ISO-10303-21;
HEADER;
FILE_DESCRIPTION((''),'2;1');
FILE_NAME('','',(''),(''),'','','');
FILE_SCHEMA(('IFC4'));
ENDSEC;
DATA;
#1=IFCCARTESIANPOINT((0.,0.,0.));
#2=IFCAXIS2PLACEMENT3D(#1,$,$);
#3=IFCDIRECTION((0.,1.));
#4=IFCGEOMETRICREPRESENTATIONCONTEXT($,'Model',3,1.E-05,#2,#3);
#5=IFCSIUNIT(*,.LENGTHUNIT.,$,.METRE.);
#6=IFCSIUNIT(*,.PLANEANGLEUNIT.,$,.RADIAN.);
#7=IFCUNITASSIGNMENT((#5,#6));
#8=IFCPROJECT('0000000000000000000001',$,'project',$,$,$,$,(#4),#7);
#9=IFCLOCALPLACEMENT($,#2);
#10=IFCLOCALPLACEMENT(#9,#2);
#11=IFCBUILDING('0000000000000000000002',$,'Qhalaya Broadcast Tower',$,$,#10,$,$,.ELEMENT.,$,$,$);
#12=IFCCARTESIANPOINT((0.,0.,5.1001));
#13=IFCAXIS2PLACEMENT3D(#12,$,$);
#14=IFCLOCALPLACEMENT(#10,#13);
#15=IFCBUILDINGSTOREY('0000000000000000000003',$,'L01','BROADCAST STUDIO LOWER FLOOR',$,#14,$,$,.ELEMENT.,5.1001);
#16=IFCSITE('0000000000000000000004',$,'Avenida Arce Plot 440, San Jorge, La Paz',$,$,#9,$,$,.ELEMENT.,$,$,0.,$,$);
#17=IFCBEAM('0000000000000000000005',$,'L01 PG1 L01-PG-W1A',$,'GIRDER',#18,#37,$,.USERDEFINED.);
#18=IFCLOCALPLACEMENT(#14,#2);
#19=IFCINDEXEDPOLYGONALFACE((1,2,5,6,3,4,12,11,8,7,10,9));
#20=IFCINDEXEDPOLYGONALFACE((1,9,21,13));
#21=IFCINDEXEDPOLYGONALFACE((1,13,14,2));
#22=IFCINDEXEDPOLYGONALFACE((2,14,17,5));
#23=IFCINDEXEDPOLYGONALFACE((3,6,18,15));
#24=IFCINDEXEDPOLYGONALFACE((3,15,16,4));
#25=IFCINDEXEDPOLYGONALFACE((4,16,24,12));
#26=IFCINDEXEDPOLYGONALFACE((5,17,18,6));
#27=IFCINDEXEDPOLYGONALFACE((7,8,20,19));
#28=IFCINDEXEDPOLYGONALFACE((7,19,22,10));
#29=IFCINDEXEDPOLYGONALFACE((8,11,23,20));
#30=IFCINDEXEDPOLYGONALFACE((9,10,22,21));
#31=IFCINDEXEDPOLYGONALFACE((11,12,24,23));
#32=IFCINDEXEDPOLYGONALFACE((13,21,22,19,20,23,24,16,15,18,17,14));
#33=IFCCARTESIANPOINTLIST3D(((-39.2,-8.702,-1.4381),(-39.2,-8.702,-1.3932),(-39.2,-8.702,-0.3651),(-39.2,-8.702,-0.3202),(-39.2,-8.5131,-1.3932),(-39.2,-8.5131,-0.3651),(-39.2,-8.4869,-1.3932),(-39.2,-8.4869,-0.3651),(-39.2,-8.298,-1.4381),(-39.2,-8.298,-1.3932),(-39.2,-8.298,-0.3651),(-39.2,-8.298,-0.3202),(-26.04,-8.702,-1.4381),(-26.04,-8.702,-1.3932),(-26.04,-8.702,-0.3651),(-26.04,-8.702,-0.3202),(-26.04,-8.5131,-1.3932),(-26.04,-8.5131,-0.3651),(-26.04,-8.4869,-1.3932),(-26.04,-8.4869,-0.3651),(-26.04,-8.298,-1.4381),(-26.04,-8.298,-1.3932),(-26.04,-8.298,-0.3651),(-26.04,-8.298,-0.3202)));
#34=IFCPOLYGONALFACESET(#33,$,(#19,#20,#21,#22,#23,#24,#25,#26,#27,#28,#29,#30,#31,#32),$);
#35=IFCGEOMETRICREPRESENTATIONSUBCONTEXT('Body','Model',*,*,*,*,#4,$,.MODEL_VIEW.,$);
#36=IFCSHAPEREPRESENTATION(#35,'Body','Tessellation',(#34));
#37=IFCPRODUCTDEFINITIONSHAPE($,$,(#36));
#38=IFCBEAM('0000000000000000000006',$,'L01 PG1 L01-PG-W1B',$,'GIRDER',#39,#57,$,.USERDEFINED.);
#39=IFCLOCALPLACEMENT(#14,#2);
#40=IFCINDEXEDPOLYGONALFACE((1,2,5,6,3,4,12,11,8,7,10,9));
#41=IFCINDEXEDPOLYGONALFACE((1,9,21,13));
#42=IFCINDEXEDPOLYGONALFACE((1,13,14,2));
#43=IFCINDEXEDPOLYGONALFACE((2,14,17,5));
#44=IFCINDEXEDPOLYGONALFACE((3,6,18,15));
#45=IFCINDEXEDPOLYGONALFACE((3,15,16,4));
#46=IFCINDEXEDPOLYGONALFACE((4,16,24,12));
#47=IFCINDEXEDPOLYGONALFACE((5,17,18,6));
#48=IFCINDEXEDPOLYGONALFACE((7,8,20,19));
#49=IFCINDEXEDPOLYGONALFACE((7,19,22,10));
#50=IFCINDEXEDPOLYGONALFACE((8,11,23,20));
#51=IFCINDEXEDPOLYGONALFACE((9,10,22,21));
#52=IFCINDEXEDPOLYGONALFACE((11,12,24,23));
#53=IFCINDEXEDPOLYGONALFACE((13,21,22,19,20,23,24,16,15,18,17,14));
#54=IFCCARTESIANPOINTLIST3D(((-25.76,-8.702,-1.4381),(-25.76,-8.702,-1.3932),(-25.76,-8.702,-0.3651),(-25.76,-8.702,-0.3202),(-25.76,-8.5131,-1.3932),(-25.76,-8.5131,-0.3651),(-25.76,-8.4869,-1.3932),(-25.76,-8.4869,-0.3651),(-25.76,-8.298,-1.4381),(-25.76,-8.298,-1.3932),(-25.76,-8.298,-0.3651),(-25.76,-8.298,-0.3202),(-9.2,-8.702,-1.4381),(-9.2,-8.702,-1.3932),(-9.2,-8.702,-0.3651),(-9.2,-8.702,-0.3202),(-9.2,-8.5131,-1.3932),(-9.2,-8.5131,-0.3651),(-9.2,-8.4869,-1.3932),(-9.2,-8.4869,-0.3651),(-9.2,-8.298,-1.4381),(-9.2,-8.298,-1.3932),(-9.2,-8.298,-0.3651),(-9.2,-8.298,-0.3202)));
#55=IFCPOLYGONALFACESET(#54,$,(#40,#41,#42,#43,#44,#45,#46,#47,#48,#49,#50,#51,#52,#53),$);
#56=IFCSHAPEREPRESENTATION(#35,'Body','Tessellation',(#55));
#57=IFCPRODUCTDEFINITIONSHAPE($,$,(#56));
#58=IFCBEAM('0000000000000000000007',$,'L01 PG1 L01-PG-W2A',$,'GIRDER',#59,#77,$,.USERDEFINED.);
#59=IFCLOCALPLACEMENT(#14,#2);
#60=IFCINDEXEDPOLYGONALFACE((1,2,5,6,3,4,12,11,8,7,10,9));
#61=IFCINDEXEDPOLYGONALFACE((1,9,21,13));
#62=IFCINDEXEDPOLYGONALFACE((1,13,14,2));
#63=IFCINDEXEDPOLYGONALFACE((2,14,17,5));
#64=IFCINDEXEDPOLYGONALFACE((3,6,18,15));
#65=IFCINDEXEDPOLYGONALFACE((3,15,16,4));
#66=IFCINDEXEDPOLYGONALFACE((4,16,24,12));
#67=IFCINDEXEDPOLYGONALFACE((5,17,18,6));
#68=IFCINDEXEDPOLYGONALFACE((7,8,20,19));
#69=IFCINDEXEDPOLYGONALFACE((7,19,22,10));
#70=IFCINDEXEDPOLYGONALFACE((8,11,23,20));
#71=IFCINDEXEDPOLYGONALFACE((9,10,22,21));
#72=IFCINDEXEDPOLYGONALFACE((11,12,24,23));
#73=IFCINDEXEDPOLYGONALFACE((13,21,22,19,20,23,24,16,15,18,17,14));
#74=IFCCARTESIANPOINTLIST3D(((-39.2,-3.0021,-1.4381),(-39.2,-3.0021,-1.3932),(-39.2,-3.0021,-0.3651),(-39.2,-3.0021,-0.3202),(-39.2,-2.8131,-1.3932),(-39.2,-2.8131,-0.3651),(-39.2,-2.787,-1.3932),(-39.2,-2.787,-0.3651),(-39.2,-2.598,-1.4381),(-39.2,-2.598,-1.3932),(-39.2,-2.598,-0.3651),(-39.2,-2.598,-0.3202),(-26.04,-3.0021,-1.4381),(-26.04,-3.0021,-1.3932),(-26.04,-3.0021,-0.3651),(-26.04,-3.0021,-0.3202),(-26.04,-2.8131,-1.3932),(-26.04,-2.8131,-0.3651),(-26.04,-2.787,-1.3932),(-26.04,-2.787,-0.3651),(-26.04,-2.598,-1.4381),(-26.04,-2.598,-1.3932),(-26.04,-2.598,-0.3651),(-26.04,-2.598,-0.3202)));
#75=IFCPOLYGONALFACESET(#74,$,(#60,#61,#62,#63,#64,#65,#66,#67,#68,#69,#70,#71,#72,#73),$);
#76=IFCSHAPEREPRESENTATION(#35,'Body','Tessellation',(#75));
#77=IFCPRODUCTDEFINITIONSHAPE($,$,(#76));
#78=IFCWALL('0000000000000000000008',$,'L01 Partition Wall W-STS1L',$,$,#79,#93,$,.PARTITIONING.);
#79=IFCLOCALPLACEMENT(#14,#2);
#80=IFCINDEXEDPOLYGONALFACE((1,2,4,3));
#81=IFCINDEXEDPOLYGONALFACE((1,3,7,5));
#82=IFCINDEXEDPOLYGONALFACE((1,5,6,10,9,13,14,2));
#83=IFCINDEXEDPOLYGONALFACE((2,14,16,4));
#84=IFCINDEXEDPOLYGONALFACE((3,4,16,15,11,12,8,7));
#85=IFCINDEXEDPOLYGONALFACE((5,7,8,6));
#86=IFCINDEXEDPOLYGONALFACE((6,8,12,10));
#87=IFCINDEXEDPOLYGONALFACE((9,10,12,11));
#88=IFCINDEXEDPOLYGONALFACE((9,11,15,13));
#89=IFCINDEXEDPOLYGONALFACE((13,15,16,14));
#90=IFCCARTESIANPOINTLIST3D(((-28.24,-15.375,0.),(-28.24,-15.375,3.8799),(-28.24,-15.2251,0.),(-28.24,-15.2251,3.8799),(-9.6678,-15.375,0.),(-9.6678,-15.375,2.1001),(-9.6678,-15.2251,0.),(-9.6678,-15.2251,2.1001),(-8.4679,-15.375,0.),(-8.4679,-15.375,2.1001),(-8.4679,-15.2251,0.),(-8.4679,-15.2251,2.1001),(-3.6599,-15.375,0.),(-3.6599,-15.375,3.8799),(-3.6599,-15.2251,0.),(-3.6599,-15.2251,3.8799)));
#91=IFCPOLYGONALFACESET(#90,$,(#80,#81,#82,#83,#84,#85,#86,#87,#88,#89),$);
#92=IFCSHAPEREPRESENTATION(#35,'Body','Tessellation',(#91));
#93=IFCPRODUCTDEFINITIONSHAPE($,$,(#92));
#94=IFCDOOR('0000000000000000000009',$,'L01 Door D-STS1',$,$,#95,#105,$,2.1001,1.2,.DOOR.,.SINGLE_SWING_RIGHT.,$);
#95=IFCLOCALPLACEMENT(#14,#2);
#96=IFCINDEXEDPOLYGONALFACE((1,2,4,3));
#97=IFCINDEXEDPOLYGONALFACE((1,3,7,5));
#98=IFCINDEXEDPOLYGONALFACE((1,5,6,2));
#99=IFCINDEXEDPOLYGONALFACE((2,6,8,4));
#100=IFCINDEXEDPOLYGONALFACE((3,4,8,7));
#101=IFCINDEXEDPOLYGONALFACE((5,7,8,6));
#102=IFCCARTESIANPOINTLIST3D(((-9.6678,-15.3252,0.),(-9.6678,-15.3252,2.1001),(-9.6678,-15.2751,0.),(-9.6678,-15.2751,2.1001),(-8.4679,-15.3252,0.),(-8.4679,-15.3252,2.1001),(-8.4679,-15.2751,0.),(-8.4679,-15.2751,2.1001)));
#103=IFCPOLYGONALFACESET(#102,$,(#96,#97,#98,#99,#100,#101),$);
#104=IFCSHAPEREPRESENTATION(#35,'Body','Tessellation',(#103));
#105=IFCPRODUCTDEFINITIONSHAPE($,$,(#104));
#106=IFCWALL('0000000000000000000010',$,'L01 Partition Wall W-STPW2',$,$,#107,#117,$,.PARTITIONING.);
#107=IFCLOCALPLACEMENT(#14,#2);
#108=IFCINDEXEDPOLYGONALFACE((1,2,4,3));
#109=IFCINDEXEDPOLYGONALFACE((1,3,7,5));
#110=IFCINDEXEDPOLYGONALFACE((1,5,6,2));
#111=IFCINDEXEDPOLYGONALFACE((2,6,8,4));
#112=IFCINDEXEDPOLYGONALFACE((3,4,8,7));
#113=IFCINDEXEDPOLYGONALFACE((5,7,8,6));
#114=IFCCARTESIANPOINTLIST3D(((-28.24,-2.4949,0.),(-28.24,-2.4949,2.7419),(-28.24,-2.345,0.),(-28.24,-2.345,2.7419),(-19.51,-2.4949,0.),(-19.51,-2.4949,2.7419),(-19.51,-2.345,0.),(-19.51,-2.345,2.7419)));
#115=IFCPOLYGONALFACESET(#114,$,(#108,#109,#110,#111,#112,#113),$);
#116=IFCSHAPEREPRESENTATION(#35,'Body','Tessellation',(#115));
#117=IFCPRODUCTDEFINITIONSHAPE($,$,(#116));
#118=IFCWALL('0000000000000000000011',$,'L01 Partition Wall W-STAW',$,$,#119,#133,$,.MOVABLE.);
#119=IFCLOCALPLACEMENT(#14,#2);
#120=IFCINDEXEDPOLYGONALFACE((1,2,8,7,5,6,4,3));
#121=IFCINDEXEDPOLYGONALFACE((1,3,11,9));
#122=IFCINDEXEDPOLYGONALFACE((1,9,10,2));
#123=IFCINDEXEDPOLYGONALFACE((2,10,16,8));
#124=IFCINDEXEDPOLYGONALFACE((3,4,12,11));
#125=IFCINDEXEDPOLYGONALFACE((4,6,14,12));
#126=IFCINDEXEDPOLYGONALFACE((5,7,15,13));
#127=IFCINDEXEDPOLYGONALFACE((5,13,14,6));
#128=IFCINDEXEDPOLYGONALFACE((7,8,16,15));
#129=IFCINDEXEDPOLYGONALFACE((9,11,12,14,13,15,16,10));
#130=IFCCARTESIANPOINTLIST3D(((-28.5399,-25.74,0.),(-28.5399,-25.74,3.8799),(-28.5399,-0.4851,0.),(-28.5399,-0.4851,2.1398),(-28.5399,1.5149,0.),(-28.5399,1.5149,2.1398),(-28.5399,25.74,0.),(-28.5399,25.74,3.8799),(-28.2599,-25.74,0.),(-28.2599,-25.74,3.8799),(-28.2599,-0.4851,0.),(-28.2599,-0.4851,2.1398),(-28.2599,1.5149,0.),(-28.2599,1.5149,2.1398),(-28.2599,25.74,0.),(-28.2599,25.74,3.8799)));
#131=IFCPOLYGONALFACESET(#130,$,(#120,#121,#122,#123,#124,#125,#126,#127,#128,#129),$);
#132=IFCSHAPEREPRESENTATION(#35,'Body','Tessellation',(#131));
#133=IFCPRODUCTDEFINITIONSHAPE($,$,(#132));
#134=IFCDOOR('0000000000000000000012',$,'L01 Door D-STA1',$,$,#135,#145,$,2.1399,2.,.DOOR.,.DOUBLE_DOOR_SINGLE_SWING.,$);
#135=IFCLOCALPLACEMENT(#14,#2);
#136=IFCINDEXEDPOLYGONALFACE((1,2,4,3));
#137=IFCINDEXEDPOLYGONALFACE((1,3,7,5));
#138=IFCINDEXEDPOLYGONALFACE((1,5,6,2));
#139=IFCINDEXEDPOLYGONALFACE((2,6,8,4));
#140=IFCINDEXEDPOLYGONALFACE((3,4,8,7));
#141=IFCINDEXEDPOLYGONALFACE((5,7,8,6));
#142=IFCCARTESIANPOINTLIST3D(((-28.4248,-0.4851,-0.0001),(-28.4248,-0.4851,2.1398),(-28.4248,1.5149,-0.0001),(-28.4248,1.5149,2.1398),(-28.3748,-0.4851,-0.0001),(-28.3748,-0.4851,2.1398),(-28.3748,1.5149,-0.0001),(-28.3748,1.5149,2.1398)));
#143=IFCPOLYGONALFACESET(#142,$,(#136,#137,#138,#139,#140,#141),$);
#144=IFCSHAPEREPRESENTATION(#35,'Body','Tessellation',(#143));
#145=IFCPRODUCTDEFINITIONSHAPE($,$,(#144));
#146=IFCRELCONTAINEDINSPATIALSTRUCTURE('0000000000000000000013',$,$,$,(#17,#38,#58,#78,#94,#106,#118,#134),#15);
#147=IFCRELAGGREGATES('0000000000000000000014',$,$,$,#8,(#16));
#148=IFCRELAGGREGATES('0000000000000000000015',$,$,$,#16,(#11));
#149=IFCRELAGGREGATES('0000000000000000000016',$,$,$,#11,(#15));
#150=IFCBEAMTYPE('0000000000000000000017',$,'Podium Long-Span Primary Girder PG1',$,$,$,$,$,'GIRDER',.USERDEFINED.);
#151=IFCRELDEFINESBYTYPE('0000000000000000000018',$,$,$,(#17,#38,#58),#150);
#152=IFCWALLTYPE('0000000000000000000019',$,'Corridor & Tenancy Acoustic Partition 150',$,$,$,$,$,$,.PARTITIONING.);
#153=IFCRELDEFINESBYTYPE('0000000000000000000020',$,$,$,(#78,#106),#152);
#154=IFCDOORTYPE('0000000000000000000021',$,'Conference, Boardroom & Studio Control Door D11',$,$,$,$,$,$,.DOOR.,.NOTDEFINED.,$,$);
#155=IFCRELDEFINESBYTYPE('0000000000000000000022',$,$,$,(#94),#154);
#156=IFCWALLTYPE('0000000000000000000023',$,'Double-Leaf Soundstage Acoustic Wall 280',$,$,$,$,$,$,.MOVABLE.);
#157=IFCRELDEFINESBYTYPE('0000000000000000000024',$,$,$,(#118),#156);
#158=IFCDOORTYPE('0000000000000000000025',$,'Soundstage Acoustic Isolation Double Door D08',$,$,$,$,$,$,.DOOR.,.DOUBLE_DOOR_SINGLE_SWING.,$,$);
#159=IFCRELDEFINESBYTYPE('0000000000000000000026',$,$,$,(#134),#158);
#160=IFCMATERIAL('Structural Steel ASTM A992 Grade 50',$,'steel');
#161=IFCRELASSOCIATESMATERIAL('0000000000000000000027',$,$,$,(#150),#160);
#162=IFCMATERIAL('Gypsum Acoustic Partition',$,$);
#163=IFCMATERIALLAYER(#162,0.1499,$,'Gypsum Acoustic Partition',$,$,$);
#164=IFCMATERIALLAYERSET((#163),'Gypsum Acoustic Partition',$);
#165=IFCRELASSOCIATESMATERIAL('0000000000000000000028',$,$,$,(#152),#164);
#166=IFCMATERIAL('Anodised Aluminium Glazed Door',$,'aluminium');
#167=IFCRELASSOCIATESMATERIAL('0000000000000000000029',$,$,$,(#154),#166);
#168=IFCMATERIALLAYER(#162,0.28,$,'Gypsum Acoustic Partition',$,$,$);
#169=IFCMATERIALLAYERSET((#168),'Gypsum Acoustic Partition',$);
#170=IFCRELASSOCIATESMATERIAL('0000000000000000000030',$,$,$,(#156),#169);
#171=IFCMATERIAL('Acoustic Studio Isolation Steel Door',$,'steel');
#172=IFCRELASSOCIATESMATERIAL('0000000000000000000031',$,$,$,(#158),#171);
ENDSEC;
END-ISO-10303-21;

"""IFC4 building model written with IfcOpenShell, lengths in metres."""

from ifc_helpers import new_model, si_unit, direction, frame, frame_2d, origin, origin_2d, place, context, subcontext, project, spatial, rectangle, i_section, extrude, material, layer, layer_set, material_profile, profile_set, type_object, element, fill, save


model = new_model("IFC4")

# Units and contexts
model_context = context("Model", 3, precision=1e-05, world=origin(), true_north=direction((0.0, 1.0)))
body_context = subcontext(model_context, "Body", "Model", "MODEL_VIEW")
ifc_project = project(units=[si_unit("LENGTHUNIT", "METRE"), si_unit("PLANEANGLEUNIT", "RADIAN")], contexts=[model_context])

# Site, building, storey
site_placement = place(None, origin())
site = spatial("IfcSite", under=ifc_project, at=site_placement, Name="Avenida Arce Plot 440, San Jorge, La Paz", CompositionType="ELEMENT", RefElevation=0.0)
building_placement = place(site_placement, origin())
building = spatial("IfcBuilding", under=site, at=building_placement, Name="Qhalaya Broadcast Tower", CompositionType="ELEMENT")
storey_placement = place(building_placement, frame((0.0, 0.0, 5.1001)))
storey = spatial("IfcBuildingStorey", under=building, at=storey_placement, Name="L01", Description="BROADCAST STUDIO LOWER FLOOR", CompositionType="ELEMENT", Elevation=5.1001)

# Beams
ifc_material_1 = material(Name="Structural Steel ASTM A992 Grade 50", Category="steel")
ifc_material_profile_1 = material_profile(ifc_material_1, i_section(OverallWidth=0.4041, OverallDepth=1.1179, WebThickness=0.0261, FlangeThickness=0.0449, at=origin_2d()), Name="W44X335")
ifc_profile_set_1 = profile_set([ifc_material_profile_1], Name="Structural Steel ASTM A992 Grade 50")
beam_type_1 = type_object("IfcBeamType", Name="Podium Long-Span Primary Girder PG1", ElementType="GIRDER", PredefinedType="USERDEFINED", material=ifc_profile_set_1)
beam_1_placement = place(storey_placement, frame((-39.2, -8.5, -0.8792), z_axis=(1.0, 0.0, 0.0), x_axis=(0.0, 1.0, 0.0)))
element("IfcBeam", 1, at=beam_1_placement, inside=storey, type_object=beam_type_1, Name="L01 PG1 L01-PG-W1A", ObjectType="GIRDER", PredefinedType="USERDEFINED", context=body_context, shape_type="SweptSolid", body=[
    extrude(i_section(OverallWidth=0.4041, OverallDepth=1.1179, WebThickness=0.0261, FlangeThickness=0.0449, at=origin_2d()), origin(), (0.0, 0.0, 1.0), 13.1599),
])
beam_2_placement = place(storey_placement, frame((-25.76, -8.5, -0.8792), z_axis=(1.0, 0.0, 0.0), x_axis=(0.0, 1.0, 0.0)))
element("IfcBeam", 2, at=beam_2_placement, inside=storey, type_object=beam_type_1, Name="L01 PG1 L01-PG-W1B", ObjectType="GIRDER", PredefinedType="USERDEFINED", context=body_context, shape_type="SweptSolid", body=[
    extrude(i_section(OverallWidth=0.4041, OverallDepth=1.1179, WebThickness=0.0261, FlangeThickness=0.0449, at=origin_2d()), origin(), (0.0, 0.0, 1.0), 16.5601),
])
beam_3_placement = place(storey_placement, frame((-39.2, -2.8, -0.8792), z_axis=(1.0, 0.0, 0.0), x_axis=(0.0, 1.0, 0.0)))
element("IfcBeam", 3, at=beam_3_placement, inside=storey, type_object=beam_type_1, Name="L01 PG1 L01-PG-W2A", ObjectType="GIRDER", PredefinedType="USERDEFINED", context=body_context, shape_type="SweptSolid", body=[
    extrude(i_section(OverallWidth=0.4041, OverallDepth=1.1179, WebThickness=0.0261, FlangeThickness=0.0449, at=origin_2d()), origin(), (0.0, 0.0, 1.0), 13.1599),
])

# Wall, opening, door
ifc_material_2 = material(Name="Gypsum Acoustic Partition")
ifc_layer_1 = layer(ifc_material_2, 0.1499, Name="Gypsum Acoustic Partition")
ifc_layer_set_1 = layer_set([ifc_layer_1], Name="Gypsum Acoustic Partition")
wall_type_1 = type_object("IfcWallType", Name="Corridor & Tenancy Acoustic Partition 150", PredefinedType="PARTITIONING", material=ifc_layer_set_1)
wall_1_placement = place(storey_placement, frame((-28.24, -15.3, 0.0), z_axis=(0.0, 0.0, 1.0), x_axis=(1.0, 0.0, 0.0)))
wall_1 = element("IfcWall", 4, at=wall_1_placement, inside=storey, type_object=wall_type_1, Name="L01 Partition Wall W-STS1L", PredefinedType="PARTITIONING", context=body_context, shape_type="SweptSolid", body=[
    extrude(rectangle(XDim=24.5801, YDim=0.1499, at=frame_2d((12.29, 0.0))), origin(), (0.0, 0.0, 1.0), 3.8799),
])
opening_1_placement = place(wall_1_placement, frame((18.572, 0.0, 0.0)))
opening_1 = element("IfcOpeningElement", 5, at=opening_1_placement, cuts=wall_1, PredefinedType="OPENING", context=body_context, shape_type="SweptSolid", body=[
    extrude(rectangle(XDim=1.2, YDim=2.1001, at=frame_2d((0.6001, 1.05))), frame((0.0, 0.0869, 0.0), z_axis=(0.0, -1.0, 0.0), x_axis=(1.0, 0.0, 0.0)), (0.0, 0.0, 1.0), 0.1738),
])
ifc_material_3 = material(Name="Anodised Aluminium Glazed Door", Category="aluminium")
door_type_1 = type_object("IfcDoorType", Name="Conference, Boardroom & Studio Control Door D11", OperationType="NOTDEFINED", PredefinedType="DOOR", material=ifc_material_3)
door_1_placement = place(opening_1_placement, origin())
door_1 = element("IfcDoor", 6, at=door_1_placement, inside=storey, type_object=door_type_1, Name="L01 Door D-STS1", OperationType="SINGLE_SWING_RIGHT", OverallHeight=2.1001, OverallWidth=1.2, PredefinedType="DOOR", context=body_context, shape_type="SweptSolid", body=[
    extrude(rectangle(XDim=1.2, YDim=2.1001, at=frame_2d((0.6001, 1.05))), frame((0.0, 0.0249, 0.0), z_axis=(0.0, -1.0, 0.0), x_axis=(1.0, 0.0, 0.0)), (0.0, 0.0, 1.0), 0.05),
])
fill(opening_1, door_1)

# Wall
wall_2_placement = place(storey_placement, frame((-28.24, -2.4199, 0.0), z_axis=(0.0, 0.0, 1.0), x_axis=(1.0, 0.0, 0.0)))
element("IfcWall", 7, at=wall_2_placement, inside=storey, type_object=wall_type_1, Name="L01 Partition Wall W-STPW2", PredefinedType="PARTITIONING", context=body_context, shape_type="SweptSolid", body=[
    extrude(rectangle(XDim=8.73, YDim=0.1499, at=frame_2d((4.365, 0.0))), origin(), (0.0, 0.0, 1.0), 2.7419),
])

# Wall, opening, door
ifc_layer_2 = layer(ifc_material_2, 0.28, Name="Gypsum Acoustic Partition")
ifc_layer_set_2 = layer_set([ifc_layer_2], Name="Gypsum Acoustic Partition")
wall_type_2 = type_object("IfcWallType", Name="Double-Leaf Soundstage Acoustic Wall 280", PredefinedType="MOVABLE", material=ifc_layer_set_2)
wall_3_placement = place(storey_placement, frame((-28.3999, -25.74, 0.0), z_axis=(0.0, 0.0, 1.0), x_axis=(0.0, 1.0, 0.0)))
wall_3 = element("IfcWall", 8, at=wall_3_placement, inside=storey, type_object=wall_type_2, Name="L01 Partition Wall W-STAW", PredefinedType="MOVABLE", context=body_context, shape_type="SweptSolid", body=[
    extrude(rectangle(XDim=51.48, YDim=0.28, at=frame_2d((25.74, 0.0))), origin(), (0.0, 0.0, 1.0), 3.8799),
])
opening_2_placement = place(wall_3_placement, frame((25.2549, 0.0, 0.0)))
opening_2 = element("IfcOpeningElement", 9, at=opening_2_placement, cuts=wall_3, PredefinedType="OPENING", context=body_context, shape_type="SweptSolid", body=[
    extrude(rectangle(XDim=2.0, YDim=2.1399, at=frame_2d((1.0, 1.0698))), frame((0.0, 0.1521, 0.0), z_axis=(0.0, -1.0, 0.0), x_axis=(1.0, 0.0, 0.0)), (0.0, 0.0, 1.0), 0.304),
])
ifc_material_4 = material(Name="Acoustic Studio Isolation Steel Door", Category="steel")
door_type_2 = type_object("IfcDoorType", Name="Soundstage Acoustic Isolation Double Door D08", OperationType="DOUBLE_DOOR_SINGLE_SWING", PredefinedType="DOOR", material=ifc_material_4)
door_2_placement = place(opening_2_placement, origin())
door_2 = element("IfcDoor", 10, at=door_2_placement, inside=storey, type_object=door_type_2, Name="L01 Door D-STA1", OperationType="DOUBLE_DOOR_SINGLE_SWING", OverallHeight=2.1399, OverallWidth=2.0, PredefinedType="DOOR", context=body_context, shape_type="SweptSolid", body=[
    extrude(rectangle(XDim=2.0, YDim=2.1399, at=frame_2d((1.0, 1.0698))), frame((0.0, 0.0249, 0.0), z_axis=(0.0, -1.0, 0.0), x_axis=(1.0, 0.0, 0.0)), (0.0, 0.0, 1.0), 0.05),
])
fill(opening_2, door_2)

save(model, "model.ifc")
